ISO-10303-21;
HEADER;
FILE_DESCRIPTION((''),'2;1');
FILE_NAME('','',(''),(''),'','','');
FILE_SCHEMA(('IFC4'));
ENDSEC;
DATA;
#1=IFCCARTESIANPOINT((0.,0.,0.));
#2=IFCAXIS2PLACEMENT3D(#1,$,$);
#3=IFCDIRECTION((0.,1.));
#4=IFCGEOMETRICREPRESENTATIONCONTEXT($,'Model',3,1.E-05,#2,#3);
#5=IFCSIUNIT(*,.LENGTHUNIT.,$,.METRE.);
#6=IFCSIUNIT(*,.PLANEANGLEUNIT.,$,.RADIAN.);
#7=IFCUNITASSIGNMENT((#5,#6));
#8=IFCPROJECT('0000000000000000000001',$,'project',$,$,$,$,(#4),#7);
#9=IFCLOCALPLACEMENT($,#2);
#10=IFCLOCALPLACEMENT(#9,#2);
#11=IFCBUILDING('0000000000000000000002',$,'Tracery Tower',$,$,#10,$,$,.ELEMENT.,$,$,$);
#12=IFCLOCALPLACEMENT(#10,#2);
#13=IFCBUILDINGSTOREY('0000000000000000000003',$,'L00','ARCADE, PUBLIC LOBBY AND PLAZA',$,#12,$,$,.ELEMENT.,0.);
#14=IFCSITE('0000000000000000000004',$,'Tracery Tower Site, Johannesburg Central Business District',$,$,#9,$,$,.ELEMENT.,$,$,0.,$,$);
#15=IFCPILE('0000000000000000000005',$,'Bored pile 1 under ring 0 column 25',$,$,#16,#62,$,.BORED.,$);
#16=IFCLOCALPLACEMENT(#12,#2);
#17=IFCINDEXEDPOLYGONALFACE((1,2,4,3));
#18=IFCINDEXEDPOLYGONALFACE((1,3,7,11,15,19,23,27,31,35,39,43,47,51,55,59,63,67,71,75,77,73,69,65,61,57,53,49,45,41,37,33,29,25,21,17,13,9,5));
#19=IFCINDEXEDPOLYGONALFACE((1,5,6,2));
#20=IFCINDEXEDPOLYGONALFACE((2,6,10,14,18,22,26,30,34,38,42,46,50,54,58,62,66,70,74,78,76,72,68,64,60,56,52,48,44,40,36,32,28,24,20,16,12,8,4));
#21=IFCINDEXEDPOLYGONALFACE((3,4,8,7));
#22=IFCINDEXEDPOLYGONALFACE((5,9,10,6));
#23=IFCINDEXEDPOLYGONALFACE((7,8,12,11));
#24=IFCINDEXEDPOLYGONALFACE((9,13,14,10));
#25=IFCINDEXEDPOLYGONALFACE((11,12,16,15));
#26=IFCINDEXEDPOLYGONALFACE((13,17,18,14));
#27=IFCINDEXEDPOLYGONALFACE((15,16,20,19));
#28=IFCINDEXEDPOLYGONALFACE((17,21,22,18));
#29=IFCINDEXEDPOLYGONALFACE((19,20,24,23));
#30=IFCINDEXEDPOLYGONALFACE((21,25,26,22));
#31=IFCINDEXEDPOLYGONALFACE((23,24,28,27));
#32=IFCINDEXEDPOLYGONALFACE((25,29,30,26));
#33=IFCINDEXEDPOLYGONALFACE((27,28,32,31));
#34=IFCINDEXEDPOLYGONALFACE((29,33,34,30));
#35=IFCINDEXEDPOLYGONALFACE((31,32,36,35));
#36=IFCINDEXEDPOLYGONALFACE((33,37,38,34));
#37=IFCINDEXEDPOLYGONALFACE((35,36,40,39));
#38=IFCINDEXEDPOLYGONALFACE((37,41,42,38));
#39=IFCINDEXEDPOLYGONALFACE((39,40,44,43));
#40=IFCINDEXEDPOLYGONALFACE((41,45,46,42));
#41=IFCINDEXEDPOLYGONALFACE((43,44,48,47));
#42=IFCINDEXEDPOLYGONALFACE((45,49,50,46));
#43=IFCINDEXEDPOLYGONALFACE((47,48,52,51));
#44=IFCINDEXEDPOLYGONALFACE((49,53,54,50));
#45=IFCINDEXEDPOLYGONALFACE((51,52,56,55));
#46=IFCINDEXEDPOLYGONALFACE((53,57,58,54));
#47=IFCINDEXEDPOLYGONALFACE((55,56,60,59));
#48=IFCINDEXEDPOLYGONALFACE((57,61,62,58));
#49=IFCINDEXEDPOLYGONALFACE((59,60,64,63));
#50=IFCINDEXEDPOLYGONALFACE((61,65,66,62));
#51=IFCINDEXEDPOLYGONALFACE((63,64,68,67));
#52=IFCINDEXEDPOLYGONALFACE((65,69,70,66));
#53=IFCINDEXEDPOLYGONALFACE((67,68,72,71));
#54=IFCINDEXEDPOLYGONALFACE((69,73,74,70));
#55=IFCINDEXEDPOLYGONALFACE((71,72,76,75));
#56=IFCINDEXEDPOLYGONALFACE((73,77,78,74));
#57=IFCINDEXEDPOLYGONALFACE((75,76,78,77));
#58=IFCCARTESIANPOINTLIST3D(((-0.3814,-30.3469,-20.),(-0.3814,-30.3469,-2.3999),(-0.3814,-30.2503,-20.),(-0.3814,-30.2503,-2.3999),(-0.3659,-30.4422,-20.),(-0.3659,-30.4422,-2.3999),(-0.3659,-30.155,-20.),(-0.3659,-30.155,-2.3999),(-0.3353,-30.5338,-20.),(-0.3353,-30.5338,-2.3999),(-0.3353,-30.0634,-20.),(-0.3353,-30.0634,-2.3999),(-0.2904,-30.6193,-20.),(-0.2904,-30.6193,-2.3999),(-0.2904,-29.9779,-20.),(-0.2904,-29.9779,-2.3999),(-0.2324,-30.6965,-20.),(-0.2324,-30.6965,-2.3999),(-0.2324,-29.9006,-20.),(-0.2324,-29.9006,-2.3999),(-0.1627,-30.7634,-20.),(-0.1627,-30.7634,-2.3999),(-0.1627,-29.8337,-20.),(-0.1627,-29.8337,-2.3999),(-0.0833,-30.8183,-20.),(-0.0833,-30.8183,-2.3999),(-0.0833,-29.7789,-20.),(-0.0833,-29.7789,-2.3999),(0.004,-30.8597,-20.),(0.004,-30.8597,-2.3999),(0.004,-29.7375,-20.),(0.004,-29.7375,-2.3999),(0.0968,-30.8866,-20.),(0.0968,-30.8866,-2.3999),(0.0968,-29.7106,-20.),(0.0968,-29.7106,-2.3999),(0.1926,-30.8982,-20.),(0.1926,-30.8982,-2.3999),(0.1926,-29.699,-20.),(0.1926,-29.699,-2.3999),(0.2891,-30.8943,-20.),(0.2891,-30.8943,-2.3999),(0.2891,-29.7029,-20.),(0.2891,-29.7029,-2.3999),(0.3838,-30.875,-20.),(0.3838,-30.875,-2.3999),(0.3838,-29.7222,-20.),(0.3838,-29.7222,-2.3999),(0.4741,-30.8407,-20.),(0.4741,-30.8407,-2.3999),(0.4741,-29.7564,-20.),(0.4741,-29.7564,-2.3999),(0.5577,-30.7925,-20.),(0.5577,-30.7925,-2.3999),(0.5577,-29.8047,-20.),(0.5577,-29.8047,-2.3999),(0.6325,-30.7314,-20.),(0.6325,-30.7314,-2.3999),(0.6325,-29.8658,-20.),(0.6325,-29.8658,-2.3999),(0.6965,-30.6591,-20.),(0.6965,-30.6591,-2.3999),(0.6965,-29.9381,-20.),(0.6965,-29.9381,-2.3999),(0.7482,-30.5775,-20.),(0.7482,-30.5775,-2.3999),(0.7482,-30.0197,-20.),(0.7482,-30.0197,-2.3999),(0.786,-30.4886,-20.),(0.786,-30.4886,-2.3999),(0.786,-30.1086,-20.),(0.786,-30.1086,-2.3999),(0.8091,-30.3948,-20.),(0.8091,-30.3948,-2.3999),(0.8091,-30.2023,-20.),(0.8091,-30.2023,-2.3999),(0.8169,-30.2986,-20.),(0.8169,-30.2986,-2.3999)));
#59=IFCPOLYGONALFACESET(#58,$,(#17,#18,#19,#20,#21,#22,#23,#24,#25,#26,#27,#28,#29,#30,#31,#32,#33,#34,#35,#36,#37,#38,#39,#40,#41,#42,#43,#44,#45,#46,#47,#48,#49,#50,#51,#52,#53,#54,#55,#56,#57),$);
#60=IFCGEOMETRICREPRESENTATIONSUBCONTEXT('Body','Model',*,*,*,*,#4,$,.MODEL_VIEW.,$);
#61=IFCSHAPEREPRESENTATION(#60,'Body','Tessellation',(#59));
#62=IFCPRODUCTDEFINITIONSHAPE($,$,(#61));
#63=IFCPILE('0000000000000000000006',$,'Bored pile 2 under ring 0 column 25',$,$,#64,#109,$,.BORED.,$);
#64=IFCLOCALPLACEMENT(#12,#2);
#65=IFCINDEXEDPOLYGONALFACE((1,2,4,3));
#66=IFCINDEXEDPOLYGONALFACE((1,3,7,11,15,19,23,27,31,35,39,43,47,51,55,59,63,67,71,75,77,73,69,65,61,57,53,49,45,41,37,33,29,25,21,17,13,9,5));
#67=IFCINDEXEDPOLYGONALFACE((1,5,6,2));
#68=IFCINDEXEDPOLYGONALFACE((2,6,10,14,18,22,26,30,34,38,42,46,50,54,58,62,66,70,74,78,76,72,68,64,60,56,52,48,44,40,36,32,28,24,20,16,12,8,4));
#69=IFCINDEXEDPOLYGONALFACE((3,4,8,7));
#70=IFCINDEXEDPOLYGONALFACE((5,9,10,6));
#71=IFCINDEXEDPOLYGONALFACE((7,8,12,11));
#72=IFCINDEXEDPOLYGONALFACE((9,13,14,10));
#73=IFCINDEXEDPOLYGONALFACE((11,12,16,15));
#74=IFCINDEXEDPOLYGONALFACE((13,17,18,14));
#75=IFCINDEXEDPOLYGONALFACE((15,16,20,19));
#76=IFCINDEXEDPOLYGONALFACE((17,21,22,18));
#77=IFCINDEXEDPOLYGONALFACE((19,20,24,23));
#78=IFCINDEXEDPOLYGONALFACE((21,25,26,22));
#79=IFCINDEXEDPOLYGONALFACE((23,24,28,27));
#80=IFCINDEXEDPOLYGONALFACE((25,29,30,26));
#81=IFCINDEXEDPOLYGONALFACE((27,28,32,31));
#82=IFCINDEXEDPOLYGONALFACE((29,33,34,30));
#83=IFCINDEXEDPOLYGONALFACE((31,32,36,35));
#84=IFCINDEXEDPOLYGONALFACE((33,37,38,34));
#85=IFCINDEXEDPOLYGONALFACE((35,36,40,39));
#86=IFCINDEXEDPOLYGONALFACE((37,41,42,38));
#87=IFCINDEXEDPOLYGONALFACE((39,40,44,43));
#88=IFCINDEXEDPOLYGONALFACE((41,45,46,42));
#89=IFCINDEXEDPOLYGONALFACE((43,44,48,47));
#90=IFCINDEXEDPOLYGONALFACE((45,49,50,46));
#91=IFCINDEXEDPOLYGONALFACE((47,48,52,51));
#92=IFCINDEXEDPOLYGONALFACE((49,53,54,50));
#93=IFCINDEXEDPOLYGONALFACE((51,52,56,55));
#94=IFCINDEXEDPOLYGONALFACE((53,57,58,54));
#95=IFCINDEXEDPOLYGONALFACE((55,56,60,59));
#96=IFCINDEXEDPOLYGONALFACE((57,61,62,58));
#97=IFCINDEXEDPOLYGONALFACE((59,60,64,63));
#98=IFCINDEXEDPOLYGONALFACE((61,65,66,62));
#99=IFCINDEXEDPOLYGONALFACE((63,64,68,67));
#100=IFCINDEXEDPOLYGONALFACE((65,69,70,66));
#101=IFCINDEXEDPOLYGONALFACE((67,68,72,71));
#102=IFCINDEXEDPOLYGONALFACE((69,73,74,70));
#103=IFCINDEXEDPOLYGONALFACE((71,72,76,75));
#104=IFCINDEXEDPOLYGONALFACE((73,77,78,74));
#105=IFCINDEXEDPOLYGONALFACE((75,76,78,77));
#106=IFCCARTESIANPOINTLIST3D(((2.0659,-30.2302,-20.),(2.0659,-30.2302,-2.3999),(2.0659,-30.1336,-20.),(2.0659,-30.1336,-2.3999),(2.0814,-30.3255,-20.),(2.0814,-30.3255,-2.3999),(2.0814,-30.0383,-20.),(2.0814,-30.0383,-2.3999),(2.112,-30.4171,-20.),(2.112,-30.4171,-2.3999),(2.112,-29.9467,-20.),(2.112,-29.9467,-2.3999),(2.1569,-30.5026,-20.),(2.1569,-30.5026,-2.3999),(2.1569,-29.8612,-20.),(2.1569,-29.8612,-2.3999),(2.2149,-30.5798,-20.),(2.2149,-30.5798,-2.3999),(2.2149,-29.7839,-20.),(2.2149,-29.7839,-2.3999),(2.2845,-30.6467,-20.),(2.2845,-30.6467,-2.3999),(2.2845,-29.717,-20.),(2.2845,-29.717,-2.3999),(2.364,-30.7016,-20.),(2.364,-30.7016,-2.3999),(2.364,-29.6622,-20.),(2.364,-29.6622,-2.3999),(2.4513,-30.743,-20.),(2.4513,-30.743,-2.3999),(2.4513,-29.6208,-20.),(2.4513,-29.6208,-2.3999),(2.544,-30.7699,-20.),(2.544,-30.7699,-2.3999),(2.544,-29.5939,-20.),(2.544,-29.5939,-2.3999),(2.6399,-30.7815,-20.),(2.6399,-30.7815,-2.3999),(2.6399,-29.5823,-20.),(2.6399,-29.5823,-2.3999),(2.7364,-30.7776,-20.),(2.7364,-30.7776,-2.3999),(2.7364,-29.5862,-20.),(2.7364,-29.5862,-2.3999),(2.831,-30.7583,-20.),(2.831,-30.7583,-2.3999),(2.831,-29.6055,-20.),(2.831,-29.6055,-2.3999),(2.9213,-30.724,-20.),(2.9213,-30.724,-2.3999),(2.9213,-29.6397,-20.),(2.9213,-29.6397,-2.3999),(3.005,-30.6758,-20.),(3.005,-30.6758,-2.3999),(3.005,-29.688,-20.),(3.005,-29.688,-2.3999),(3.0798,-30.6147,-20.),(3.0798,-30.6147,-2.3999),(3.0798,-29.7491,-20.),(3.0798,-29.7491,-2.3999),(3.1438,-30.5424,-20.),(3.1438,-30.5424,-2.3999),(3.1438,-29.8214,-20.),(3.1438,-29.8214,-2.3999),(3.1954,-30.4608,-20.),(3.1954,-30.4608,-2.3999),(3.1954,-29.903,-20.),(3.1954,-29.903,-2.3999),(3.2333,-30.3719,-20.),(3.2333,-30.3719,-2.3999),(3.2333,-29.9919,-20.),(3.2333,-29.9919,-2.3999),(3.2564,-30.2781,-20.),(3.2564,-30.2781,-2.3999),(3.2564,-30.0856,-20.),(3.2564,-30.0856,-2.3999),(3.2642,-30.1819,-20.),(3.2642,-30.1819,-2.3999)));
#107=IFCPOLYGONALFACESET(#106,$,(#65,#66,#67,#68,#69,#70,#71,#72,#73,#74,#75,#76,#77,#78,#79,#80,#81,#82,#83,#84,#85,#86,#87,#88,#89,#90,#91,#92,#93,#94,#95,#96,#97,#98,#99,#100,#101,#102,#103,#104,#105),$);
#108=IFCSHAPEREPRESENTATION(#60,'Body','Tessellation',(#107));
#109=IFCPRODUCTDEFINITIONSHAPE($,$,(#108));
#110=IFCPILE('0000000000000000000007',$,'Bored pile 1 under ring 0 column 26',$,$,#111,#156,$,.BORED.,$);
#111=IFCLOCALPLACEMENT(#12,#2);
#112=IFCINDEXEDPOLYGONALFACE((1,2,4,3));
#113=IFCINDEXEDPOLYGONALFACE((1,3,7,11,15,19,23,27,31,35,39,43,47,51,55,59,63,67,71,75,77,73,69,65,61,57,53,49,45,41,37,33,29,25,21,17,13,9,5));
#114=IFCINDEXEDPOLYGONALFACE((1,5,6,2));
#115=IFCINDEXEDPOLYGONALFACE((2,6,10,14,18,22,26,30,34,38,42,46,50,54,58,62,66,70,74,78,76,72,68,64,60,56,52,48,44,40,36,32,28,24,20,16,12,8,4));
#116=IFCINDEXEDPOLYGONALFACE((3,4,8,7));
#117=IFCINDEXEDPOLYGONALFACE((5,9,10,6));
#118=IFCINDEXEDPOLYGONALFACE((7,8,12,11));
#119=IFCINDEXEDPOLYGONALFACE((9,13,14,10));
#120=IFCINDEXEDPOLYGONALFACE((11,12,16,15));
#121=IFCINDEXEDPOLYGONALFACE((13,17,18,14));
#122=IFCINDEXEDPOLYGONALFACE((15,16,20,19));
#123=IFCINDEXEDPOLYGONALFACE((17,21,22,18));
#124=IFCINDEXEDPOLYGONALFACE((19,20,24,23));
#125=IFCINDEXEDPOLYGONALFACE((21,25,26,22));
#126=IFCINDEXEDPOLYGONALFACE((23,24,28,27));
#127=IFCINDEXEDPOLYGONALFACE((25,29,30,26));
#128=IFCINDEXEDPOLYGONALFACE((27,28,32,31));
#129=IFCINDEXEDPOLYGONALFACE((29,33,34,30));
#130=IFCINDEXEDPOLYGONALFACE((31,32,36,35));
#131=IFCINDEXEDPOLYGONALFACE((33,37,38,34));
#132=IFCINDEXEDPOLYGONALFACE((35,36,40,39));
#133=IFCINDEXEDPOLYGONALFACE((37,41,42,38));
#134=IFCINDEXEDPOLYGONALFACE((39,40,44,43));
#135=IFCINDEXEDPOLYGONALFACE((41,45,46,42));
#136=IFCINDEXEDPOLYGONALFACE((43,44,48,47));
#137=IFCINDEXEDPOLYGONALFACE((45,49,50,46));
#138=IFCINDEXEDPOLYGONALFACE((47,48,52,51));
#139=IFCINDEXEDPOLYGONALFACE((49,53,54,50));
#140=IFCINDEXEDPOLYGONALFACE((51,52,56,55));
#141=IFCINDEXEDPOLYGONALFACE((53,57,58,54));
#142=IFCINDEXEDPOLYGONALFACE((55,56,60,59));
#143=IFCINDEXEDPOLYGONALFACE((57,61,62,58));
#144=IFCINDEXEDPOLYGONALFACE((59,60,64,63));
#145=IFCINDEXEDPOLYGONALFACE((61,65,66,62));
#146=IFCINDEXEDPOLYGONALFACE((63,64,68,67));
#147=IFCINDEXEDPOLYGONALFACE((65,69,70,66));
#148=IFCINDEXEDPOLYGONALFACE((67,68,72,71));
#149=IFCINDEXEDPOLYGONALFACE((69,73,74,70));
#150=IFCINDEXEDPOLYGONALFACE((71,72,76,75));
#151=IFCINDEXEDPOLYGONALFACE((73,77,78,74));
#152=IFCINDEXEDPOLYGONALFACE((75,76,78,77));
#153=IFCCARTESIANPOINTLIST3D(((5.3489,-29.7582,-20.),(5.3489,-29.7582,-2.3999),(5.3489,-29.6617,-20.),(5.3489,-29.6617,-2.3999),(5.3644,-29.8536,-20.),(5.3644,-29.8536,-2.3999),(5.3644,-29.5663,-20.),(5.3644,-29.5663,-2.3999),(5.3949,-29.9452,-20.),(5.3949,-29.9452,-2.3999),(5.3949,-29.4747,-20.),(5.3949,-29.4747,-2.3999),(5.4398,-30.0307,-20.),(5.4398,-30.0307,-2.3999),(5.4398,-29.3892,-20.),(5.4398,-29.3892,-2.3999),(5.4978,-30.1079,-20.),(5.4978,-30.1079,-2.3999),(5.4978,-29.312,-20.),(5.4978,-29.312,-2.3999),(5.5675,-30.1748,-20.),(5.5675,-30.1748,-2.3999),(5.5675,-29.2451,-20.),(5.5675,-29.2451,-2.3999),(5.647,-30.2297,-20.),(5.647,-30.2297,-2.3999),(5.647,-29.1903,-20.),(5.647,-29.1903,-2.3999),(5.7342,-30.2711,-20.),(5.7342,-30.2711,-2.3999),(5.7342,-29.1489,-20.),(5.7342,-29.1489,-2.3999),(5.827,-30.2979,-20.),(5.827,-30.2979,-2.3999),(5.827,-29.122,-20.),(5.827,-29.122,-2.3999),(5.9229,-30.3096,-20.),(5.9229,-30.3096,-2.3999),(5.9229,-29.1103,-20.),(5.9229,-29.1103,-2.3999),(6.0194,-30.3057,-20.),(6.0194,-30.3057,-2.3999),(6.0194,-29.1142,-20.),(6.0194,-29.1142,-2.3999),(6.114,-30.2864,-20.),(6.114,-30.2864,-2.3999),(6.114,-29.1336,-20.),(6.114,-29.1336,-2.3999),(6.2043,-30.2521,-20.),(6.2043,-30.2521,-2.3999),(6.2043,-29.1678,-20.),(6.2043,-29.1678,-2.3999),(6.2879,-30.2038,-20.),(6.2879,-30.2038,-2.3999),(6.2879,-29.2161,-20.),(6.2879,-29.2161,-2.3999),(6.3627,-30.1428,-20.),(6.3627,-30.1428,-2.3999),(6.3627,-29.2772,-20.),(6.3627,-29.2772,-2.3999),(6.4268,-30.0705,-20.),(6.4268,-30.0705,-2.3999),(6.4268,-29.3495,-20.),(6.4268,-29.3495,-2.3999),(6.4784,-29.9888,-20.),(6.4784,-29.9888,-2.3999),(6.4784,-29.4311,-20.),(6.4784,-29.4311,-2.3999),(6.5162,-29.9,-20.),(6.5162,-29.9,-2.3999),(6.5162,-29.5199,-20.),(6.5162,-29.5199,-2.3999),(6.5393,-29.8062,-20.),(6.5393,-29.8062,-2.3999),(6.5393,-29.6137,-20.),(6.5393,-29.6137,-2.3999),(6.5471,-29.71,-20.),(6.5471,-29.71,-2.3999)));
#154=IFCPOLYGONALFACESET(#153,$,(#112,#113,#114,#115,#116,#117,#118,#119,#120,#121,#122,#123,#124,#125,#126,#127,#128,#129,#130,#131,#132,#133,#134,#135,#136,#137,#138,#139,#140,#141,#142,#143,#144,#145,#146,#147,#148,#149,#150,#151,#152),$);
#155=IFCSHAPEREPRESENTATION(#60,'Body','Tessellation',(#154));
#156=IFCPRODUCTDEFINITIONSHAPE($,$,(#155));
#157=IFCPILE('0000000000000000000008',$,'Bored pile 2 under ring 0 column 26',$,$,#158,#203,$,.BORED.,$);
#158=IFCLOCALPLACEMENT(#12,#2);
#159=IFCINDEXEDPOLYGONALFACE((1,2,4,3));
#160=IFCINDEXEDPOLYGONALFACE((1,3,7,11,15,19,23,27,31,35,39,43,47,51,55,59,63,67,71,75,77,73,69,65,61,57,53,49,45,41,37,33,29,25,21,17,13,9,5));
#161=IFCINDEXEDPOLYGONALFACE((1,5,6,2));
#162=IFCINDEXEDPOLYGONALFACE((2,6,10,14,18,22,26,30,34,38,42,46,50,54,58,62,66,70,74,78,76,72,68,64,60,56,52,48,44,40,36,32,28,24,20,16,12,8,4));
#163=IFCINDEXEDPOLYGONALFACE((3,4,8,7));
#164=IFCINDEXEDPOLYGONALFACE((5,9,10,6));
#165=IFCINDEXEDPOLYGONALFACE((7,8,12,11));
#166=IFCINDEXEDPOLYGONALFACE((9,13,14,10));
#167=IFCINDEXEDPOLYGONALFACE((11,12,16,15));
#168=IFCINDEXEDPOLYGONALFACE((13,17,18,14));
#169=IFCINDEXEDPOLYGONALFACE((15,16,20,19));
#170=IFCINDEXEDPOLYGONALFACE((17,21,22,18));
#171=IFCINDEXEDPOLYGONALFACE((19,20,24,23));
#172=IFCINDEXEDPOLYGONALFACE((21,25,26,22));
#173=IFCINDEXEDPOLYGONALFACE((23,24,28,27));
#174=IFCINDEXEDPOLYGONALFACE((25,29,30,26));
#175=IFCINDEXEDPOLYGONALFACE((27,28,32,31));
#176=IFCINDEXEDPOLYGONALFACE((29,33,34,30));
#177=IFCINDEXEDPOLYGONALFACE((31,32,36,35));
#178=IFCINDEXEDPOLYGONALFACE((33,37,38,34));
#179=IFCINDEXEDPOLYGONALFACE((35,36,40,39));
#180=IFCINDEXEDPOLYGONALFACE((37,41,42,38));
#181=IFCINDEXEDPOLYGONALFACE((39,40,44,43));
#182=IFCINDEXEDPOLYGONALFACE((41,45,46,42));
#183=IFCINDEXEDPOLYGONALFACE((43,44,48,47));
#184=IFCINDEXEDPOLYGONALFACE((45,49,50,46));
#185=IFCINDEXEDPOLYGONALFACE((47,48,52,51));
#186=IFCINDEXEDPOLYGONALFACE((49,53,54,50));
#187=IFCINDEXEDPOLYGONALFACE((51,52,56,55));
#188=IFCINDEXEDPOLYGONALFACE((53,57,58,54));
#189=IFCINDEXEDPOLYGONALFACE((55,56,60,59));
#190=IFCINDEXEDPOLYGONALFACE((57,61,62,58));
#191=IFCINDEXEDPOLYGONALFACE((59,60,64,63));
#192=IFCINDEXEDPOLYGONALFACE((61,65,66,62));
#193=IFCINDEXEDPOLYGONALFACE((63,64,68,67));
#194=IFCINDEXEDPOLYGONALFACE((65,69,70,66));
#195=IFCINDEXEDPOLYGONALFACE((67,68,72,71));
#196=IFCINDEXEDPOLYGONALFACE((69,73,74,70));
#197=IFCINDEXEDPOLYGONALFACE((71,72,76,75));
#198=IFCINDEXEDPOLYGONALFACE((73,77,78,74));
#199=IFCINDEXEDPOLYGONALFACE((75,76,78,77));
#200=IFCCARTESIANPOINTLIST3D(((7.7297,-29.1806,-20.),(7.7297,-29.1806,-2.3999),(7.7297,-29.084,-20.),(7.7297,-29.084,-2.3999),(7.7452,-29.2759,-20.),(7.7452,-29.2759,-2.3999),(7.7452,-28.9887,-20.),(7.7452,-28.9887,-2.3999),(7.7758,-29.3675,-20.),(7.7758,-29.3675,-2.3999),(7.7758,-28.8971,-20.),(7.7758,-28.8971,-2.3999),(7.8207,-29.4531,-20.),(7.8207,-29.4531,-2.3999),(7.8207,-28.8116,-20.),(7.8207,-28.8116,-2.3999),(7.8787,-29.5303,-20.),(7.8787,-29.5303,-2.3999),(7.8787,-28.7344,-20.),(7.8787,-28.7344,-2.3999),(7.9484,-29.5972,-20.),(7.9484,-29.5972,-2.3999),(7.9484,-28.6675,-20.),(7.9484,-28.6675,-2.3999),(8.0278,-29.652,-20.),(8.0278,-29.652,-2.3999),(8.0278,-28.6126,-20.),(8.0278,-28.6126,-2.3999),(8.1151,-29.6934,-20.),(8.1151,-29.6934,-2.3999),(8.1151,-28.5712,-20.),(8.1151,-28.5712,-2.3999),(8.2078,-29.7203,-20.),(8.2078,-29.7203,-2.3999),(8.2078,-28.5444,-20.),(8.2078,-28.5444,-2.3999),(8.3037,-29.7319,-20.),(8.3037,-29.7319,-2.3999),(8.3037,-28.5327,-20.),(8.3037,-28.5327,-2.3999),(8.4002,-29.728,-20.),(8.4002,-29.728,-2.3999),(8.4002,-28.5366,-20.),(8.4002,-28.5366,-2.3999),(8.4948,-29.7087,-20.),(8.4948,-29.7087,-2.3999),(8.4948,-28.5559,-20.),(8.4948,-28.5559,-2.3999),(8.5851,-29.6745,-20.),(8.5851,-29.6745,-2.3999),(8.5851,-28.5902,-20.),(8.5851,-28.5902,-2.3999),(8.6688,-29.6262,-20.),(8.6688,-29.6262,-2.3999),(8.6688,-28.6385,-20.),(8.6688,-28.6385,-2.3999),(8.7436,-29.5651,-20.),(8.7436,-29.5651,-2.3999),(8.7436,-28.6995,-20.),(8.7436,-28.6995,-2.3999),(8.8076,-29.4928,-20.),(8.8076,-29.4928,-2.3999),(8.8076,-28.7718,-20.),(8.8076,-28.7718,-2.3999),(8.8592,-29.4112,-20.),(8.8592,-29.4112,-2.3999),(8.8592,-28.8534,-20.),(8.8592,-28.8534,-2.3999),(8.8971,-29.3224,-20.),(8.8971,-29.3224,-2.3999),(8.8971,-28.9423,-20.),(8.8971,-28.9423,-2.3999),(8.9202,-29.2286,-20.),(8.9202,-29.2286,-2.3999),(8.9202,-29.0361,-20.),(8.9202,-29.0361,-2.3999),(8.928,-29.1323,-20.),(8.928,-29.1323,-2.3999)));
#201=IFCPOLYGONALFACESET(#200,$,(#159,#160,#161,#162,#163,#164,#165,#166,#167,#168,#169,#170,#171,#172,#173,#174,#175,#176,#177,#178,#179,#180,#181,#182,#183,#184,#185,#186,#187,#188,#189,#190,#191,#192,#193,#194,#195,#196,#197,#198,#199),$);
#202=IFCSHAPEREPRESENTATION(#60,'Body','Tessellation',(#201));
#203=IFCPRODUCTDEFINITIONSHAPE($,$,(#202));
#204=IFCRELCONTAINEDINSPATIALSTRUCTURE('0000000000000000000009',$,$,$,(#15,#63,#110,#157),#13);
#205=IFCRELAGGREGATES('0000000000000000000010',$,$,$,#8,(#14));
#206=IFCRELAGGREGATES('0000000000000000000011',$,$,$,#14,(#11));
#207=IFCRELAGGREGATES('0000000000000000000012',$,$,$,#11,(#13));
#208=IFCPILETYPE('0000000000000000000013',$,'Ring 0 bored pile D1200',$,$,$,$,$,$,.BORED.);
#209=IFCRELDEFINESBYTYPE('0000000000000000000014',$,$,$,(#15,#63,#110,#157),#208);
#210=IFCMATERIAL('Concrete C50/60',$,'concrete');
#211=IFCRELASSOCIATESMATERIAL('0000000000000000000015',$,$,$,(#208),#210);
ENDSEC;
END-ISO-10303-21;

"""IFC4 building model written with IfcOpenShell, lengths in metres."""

from ifc_helpers import new_model, si_unit, direction, frame, origin, origin_2d, place, context, subcontext, project, spatial, circle, extrude, material, material_profile, profile_set, type_object, element, save


model = new_model("IFC4")

# Units and contexts
model_context = context("Model", 3, precision=1e-05, world=origin(), true_north=direction((0.0, 1.0)))
body_context = subcontext(model_context, "Body", "Model", "MODEL_VIEW")
ifc_project = project(units=[si_unit("LENGTHUNIT", "METRE"), si_unit("PLANEANGLEUNIT", "RADIAN")], contexts=[model_context])

# Site, building, storey
site_placement = place(None, origin())
site = spatial("IfcSite", under=ifc_project, at=site_placement, Name="Tracery Tower Site, Johannesburg Central Business District", CompositionType="ELEMENT", RefElevation=0.0)
building_placement = place(site_placement, origin())
building = spatial("IfcBuilding", under=site, at=building_placement, Name="Tracery Tower", CompositionType="ELEMENT")
storey_placement = place(building_placement, origin())
storey = spatial("IfcBuildingStorey", under=building, at=storey_placement, Name="L00", Description="ARCADE, PUBLIC LOBBY AND PLAZA", CompositionType="ELEMENT", Elevation=0.0)

# Piles
ifc_material_1 = material(Name="Concrete C50/60", Category="concrete")
ifc_material_profile_1 = material_profile(ifc_material_1, circle(Radius=0.6001, at=origin_2d()), Name="RC D1200")
ifc_profile_set_1 = profile_set([ifc_material_profile_1], Name="Concrete C50/60")
pile_type_1 = type_object("IfcPileType", Name="Ring 0 bored pile D1200", PredefinedType="BORED", material=ifc_profile_set_1)
for number, where, z_axis, x_axis, name in (
    (1, (0.2168, -30.2986, -2.3999), (0.0, 0.0, -1.0), (1.0, 0.0, 0.0), "Bored pile 1 under ring 0 column 25"),
    (2, (2.6641, -30.1819, -2.3999), (0.0, 0.0, -1.0), (1.0, 0.0, 0.0), "Bored pile 2 under ring 0 column 25"),
    (3, (5.947, -29.71, -2.3999), (0.0, 0.0, -1.0), (1.0, 0.0, 0.0), "Bored pile 1 under ring 0 column 26"),
    (4, (8.3279, -29.1323, -2.3999), (0.0, 0.0, -1.0), (1.0, 0.0, 0.0), "Bored pile 2 under ring 0 column 26"),
):
    element("IfcPile", number, at=place(storey_placement, frame(where, z_axis=z_axis, x_axis=x_axis)), inside=storey, type_object=pile_type_1, Name=name, PredefinedType="BORED", context=body_context, shape_type="SweptSolid", body=[
        extrude(circle(Radius=0.6001, at=origin_2d()), origin(), (0.0, 0.0, 1.0), 17.6001),
    ])

save(model, "model.ifc")
